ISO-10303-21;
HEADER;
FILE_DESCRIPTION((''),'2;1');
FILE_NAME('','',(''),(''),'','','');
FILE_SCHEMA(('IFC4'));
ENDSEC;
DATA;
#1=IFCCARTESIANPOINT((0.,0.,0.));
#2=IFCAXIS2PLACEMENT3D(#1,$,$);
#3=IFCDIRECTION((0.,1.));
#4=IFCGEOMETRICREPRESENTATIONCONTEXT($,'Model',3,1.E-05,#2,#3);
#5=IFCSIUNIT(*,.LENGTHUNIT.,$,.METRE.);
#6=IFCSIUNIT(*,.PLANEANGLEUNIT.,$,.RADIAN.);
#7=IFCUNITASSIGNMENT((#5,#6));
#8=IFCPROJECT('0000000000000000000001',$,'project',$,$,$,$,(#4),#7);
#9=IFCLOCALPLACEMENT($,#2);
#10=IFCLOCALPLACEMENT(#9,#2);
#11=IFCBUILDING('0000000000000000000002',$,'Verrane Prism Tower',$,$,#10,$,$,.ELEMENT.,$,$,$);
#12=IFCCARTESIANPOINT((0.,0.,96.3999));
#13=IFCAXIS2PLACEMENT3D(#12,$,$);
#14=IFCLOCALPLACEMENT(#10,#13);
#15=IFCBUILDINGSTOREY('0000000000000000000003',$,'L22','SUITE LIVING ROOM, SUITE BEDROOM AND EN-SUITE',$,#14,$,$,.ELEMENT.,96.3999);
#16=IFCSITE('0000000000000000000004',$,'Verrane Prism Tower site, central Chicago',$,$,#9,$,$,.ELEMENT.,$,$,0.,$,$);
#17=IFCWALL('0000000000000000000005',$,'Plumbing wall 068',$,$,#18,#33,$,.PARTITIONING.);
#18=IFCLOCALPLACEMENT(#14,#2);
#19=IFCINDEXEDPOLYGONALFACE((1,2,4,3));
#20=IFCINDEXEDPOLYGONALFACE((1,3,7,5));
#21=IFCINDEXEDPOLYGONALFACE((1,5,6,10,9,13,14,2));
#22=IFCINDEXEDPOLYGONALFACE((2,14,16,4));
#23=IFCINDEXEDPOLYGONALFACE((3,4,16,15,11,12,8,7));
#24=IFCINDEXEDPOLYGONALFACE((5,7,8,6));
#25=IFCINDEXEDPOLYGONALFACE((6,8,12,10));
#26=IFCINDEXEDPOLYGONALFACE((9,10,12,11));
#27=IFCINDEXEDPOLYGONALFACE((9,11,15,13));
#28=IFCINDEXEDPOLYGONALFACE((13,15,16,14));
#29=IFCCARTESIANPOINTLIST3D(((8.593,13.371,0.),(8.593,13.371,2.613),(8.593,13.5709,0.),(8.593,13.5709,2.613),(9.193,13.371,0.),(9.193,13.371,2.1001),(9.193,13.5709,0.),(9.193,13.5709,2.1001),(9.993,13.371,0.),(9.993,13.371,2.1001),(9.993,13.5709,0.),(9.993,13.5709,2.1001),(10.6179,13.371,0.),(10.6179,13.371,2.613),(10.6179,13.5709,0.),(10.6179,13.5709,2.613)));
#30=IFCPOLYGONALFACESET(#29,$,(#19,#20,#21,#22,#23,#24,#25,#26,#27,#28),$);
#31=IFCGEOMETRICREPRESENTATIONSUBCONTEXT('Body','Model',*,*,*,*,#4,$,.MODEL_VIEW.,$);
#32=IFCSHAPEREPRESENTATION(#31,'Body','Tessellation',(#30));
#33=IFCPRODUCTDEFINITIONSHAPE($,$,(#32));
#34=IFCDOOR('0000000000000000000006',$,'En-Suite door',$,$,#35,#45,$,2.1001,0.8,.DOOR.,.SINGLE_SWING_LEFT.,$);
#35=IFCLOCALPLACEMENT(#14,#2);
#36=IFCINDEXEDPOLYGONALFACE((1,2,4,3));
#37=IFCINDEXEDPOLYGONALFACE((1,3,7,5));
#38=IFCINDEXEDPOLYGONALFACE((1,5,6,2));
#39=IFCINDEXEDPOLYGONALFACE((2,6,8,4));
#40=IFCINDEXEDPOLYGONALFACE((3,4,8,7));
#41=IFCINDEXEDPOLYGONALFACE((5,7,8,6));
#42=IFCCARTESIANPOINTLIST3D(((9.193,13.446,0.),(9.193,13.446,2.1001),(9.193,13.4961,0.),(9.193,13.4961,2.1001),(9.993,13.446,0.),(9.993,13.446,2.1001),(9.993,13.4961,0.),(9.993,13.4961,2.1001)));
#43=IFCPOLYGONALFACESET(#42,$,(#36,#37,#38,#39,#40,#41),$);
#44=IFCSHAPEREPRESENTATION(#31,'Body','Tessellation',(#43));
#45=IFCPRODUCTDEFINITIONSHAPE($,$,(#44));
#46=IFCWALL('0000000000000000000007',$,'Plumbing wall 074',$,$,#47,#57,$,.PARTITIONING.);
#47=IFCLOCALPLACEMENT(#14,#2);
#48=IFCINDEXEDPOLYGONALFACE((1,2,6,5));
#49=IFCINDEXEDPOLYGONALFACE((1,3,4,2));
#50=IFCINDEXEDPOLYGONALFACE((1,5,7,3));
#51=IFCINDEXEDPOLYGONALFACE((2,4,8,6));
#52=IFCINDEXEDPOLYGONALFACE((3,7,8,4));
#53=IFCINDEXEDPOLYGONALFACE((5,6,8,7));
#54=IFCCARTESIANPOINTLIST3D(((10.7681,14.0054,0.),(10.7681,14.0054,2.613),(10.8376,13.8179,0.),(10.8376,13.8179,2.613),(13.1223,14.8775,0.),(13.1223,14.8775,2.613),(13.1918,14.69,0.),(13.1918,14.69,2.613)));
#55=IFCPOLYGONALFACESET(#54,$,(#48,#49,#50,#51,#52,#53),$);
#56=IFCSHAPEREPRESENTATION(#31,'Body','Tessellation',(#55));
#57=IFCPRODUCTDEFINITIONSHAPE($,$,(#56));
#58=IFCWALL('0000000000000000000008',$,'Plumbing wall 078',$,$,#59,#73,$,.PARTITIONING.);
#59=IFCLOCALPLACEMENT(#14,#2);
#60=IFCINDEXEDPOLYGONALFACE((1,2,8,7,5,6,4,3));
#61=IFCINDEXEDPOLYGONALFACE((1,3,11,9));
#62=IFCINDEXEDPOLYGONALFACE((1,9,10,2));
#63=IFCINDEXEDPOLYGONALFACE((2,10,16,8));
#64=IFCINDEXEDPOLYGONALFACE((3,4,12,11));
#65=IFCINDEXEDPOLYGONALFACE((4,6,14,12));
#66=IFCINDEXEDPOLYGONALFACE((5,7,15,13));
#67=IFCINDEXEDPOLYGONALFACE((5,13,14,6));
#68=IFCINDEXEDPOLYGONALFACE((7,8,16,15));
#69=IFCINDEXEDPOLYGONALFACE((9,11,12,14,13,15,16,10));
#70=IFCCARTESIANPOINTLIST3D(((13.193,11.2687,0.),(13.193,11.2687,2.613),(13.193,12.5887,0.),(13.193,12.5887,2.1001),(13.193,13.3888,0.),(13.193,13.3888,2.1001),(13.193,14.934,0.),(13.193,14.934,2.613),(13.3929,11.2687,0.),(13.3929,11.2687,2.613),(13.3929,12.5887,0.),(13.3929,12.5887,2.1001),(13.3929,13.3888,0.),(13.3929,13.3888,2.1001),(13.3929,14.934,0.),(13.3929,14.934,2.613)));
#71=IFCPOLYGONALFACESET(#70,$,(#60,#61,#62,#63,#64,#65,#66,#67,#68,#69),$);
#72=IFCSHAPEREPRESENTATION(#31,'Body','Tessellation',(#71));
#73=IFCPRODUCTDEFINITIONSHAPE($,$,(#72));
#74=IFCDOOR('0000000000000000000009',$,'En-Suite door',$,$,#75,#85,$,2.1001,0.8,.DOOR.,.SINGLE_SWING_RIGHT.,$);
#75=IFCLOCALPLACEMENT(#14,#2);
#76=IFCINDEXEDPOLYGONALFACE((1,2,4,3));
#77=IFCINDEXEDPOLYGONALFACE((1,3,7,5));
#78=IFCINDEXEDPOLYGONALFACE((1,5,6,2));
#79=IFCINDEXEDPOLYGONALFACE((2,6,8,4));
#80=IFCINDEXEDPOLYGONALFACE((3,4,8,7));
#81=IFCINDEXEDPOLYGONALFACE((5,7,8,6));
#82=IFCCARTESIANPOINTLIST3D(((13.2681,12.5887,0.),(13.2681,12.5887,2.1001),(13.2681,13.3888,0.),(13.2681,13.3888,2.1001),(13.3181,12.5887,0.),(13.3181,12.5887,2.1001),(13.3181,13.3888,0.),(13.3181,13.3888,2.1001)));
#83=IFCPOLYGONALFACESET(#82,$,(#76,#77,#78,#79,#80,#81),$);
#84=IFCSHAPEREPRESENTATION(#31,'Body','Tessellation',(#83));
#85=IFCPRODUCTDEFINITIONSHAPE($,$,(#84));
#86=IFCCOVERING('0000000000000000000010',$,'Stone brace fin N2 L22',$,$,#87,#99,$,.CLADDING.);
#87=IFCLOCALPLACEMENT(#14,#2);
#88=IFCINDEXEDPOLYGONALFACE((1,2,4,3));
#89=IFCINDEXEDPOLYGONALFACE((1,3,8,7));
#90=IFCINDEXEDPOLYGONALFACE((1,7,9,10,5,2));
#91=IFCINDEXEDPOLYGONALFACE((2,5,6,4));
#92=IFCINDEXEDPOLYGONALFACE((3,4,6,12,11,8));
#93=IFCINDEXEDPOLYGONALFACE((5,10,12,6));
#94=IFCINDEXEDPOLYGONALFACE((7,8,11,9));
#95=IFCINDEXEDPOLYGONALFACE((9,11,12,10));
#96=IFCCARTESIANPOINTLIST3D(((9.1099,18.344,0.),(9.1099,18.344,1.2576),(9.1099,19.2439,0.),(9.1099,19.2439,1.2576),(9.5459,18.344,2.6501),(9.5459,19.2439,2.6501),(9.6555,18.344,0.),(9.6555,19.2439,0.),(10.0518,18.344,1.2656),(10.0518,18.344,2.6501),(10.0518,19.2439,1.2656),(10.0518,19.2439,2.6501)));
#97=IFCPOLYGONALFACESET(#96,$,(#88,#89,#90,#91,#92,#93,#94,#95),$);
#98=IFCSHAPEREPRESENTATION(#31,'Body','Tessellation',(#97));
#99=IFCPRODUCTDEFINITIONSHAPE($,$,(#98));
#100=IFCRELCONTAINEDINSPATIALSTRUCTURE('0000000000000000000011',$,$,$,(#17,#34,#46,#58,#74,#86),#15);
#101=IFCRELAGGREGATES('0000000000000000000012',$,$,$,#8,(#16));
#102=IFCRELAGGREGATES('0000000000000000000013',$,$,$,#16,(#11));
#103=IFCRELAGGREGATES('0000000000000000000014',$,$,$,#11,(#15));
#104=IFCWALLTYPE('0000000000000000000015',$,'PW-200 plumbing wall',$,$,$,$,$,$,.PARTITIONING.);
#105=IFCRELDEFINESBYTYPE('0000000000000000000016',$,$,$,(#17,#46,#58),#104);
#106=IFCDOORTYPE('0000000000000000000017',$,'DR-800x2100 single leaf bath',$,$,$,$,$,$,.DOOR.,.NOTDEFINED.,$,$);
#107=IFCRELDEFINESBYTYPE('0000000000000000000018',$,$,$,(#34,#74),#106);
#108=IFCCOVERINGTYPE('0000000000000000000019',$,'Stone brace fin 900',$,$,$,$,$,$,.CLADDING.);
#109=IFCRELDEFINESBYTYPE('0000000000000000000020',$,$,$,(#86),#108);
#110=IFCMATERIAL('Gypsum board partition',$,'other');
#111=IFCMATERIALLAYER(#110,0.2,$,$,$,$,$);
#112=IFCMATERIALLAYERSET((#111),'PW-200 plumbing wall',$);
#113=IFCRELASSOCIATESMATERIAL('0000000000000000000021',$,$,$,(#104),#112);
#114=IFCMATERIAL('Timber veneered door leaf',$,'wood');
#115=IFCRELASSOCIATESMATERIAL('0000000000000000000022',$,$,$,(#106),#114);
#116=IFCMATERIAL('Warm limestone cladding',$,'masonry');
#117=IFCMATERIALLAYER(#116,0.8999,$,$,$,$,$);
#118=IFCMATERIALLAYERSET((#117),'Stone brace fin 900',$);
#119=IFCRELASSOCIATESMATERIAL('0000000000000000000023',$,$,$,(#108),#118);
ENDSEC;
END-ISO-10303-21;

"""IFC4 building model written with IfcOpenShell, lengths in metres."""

from ifc_helpers import new_model, si_unit, direction, frame, frame_2d, origin, place, context, subcontext, project, spatial, polyline, rectangle, outline, extrude, material, layer, layer_set, type_object, element, fill, save


model = new_model("IFC4")

# Units and contexts
model_context = context("Model", 3, precision=1e-05, world=origin(), true_north=direction((0.0, 1.0)))
body_context = subcontext(model_context, "Body", "Model", "MODEL_VIEW")
ifc_project = project(units=[si_unit("LENGTHUNIT", "METRE"), si_unit("PLANEANGLEUNIT", "RADIAN")], contexts=[model_context])

# Site, building, storey
site_placement = place(None, origin())
site = spatial("IfcSite", under=ifc_project, at=site_placement, Name="Verrane Prism Tower site, central Chicago", CompositionType="ELEMENT", RefElevation=0.0)
building_placement = place(site_placement, origin())
building = spatial("IfcBuilding", under=site, at=building_placement, Name="Verrane Prism Tower", CompositionType="ELEMENT")
storey_placement = place(building_placement, frame((0.0, 0.0, 96.3999)))
storey = spatial("IfcBuildingStorey", under=building, at=storey_placement, Name="L22", Description="SUITE LIVING ROOM, SUITE BEDROOM AND EN-SUITE", CompositionType="ELEMENT", Elevation=96.3999)

# Shared definitions
ifc_material_1 = material(Name="Gypsum board partition", Category="other")
ifc_layer_1 = layer(ifc_material_1, 0.2)
ifc_layer_set_1 = layer_set([ifc_layer_1], Name="PW-200 plumbing wall")
wall_type_1 = type_object("IfcWallType", Name="PW-200 plumbing wall", PredefinedType="PARTITIONING", material=ifc_layer_set_1)

# Wall, opening, door
wall_1_placement = place(storey_placement, frame((10.6179, 13.4709, 0.0), z_axis=(0.0, 0.0, 1.0), x_axis=(-1.0, 0.0, 0.0)))
wall_1 = element("IfcWall", 1, at=wall_1_placement, inside=storey, type_object=wall_type_1, Name="Plumbing wall 068", PredefinedType="PARTITIONING", context=body_context, shape_type="SweptSolid", body=[
    extrude(rectangle(XDim=2.0249, YDim=0.2, at=frame_2d((1.0125, 0.0))), origin(), (0.0, 0.0, 1.0), 2.613),
])
opening_1_placement = place(wall_1_placement, frame((0.625, 0.0, 0.0)))
opening_1 = element("IfcOpeningElement", 2, at=opening_1_placement, cuts=wall_1, PredefinedType="OPENING", context=body_context, shape_type="SweptSolid", body=[
    extrude(rectangle(XDim=0.8, YDim=2.1001, at=frame_2d((0.3999, 1.05))), frame((0.0, 0.1099, 0.0), z_axis=(0.0, -1.0, 0.0), x_axis=(1.0, 0.0, 0.0)), (0.0, 0.0, 1.0), 0.22),
])
ifc_material_2 = material(Name="Timber veneered door leaf", Category="wood")
door_type_1 = type_object("IfcDoorType", Name="DR-800x2100 single leaf bath", OperationType="NOTDEFINED", PredefinedType="DOOR", material=ifc_material_2)
door_1_placement = place(opening_1_placement, origin())
door_1 = element("IfcDoor", 3, at=door_1_placement, inside=storey, type_object=door_type_1, Name="En-Suite door", OperationType="SINGLE_SWING_LEFT", OverallHeight=2.1001, OverallWidth=0.8, PredefinedType="DOOR", context=body_context, shape_type="SweptSolid", body=[
    extrude(rectangle(XDim=0.8, YDim=2.1001, at=frame_2d((0.3999, 1.05))), frame((0.0, 0.0249, 0.0), z_axis=(0.0, -1.0, 0.0), x_axis=(1.0, 0.0, 0.0)), (0.0, 0.0, 1.0), 0.05),
])
fill(opening_1, door_1)

# Wall
wall_2_placement = place(storey_placement, frame((10.8027, 13.9116, 0.0), z_axis=(0.0, 0.0, 1.0), x_axis=(0.937732, 0.347359, 0.0)))
element("IfcWall", 4, at=wall_2_placement, inside=storey, type_object=wall_type_1, Name="Plumbing wall 074", PredefinedType="PARTITIONING", context=body_context, shape_type="SweptSolid", body=[
    extrude(rectangle(XDim=2.5105, YDim=0.2, at=frame_2d((1.2554, 0.0))), origin(), (0.0, 0.0, 1.0), 2.613),
])

# Wall, opening, door
wall_3_placement = place(storey_placement, frame((13.293, 11.2688, 0.0), z_axis=(0.0, 0.0, 1.0), x_axis=(0.0, 1.0, 0.0)))
wall_3 = element("IfcWall", 5, at=wall_3_placement, inside=storey, type_object=wall_type_1, Name="Plumbing wall 078", PredefinedType="PARTITIONING", context=body_context, shape_type="SweptSolid", body=[
    extrude(rectangle(XDim=3.6653, YDim=0.2, at=frame_2d((1.8325, 0.0))), origin(), (0.0, 0.0, 1.0), 2.613),
])
opening_2_placement = place(wall_3_placement, frame((1.3201, 0.0, 0.0)))
opening_2 = element("IfcOpeningElement", 6, at=opening_2_placement, cuts=wall_3, PredefinedType="OPENING", context=body_context, shape_type="SweptSolid", body=[
    extrude(rectangle(XDim=0.8, YDim=2.1001, at=frame_2d((0.3999, 1.05))), frame((0.0, 0.1099, 0.0), z_axis=(0.0, -1.0, 0.0), x_axis=(1.0, 0.0, 0.0)), (0.0, 0.0, 1.0), 0.22),
])
door_2_placement = place(opening_2_placement, origin())
door_2 = element("IfcDoor", 7, at=door_2_placement, inside=storey, type_object=door_type_1, Name="En-Suite door", OperationType="SINGLE_SWING_RIGHT", OverallHeight=2.1001, OverallWidth=0.8, PredefinedType="DOOR", context=body_context, shape_type="SweptSolid", body=[
    extrude(rectangle(XDim=0.8, YDim=2.1001, at=frame_2d((0.3999, 1.05))), frame((0.0, 0.0249, 0.0), z_axis=(0.0, -1.0, 0.0), x_axis=(1.0, 0.0, 0.0)), (0.0, 0.0, 1.0), 0.05),
])
fill(opening_2, door_2)

# Covering
ifc_material_3 = material(Name="Warm limestone cladding", Category="masonry")
ifc_layer_2 = layer(ifc_material_3, 0.8999)
ifc_layer_set_2 = layer_set([ifc_layer_2], Name="Stone brace fin 900")
covering_type = type_object("IfcCoveringType", Name="Stone brace fin 900", PredefinedType="CLADDING", material=ifc_layer_set_2)
covering_placement = place(storey_placement, frame((9.1099, 18.7939, 0.0), z_axis=(0.0, 0.0, 1.0), x_axis=(1.0, 0.0, 0.0)))
element("IfcCovering", 8, at=covering_placement, inside=storey, type_object=covering_type, Name="Stone brace fin N2 L22", PredefinedType="CLADDING", context=body_context, shape_type="SweptSolid", body=[
    extrude(outline(polyline([(0.9419, 2.6501), (0.436, 2.6501), (0.0, 1.2576), (0.0, 0.0), (0.5457, 0.0), (0.9419, 1.2656), (0.9419, 2.6501)])), frame((0.0, 0.45, 0.0), z_axis=(0.0, -1.0, 0.0), x_axis=(1.0, 0.0, 0.0)), (0.0, 0.0, 1.0), 0.8999),
])

save(model, "model.ifc")
